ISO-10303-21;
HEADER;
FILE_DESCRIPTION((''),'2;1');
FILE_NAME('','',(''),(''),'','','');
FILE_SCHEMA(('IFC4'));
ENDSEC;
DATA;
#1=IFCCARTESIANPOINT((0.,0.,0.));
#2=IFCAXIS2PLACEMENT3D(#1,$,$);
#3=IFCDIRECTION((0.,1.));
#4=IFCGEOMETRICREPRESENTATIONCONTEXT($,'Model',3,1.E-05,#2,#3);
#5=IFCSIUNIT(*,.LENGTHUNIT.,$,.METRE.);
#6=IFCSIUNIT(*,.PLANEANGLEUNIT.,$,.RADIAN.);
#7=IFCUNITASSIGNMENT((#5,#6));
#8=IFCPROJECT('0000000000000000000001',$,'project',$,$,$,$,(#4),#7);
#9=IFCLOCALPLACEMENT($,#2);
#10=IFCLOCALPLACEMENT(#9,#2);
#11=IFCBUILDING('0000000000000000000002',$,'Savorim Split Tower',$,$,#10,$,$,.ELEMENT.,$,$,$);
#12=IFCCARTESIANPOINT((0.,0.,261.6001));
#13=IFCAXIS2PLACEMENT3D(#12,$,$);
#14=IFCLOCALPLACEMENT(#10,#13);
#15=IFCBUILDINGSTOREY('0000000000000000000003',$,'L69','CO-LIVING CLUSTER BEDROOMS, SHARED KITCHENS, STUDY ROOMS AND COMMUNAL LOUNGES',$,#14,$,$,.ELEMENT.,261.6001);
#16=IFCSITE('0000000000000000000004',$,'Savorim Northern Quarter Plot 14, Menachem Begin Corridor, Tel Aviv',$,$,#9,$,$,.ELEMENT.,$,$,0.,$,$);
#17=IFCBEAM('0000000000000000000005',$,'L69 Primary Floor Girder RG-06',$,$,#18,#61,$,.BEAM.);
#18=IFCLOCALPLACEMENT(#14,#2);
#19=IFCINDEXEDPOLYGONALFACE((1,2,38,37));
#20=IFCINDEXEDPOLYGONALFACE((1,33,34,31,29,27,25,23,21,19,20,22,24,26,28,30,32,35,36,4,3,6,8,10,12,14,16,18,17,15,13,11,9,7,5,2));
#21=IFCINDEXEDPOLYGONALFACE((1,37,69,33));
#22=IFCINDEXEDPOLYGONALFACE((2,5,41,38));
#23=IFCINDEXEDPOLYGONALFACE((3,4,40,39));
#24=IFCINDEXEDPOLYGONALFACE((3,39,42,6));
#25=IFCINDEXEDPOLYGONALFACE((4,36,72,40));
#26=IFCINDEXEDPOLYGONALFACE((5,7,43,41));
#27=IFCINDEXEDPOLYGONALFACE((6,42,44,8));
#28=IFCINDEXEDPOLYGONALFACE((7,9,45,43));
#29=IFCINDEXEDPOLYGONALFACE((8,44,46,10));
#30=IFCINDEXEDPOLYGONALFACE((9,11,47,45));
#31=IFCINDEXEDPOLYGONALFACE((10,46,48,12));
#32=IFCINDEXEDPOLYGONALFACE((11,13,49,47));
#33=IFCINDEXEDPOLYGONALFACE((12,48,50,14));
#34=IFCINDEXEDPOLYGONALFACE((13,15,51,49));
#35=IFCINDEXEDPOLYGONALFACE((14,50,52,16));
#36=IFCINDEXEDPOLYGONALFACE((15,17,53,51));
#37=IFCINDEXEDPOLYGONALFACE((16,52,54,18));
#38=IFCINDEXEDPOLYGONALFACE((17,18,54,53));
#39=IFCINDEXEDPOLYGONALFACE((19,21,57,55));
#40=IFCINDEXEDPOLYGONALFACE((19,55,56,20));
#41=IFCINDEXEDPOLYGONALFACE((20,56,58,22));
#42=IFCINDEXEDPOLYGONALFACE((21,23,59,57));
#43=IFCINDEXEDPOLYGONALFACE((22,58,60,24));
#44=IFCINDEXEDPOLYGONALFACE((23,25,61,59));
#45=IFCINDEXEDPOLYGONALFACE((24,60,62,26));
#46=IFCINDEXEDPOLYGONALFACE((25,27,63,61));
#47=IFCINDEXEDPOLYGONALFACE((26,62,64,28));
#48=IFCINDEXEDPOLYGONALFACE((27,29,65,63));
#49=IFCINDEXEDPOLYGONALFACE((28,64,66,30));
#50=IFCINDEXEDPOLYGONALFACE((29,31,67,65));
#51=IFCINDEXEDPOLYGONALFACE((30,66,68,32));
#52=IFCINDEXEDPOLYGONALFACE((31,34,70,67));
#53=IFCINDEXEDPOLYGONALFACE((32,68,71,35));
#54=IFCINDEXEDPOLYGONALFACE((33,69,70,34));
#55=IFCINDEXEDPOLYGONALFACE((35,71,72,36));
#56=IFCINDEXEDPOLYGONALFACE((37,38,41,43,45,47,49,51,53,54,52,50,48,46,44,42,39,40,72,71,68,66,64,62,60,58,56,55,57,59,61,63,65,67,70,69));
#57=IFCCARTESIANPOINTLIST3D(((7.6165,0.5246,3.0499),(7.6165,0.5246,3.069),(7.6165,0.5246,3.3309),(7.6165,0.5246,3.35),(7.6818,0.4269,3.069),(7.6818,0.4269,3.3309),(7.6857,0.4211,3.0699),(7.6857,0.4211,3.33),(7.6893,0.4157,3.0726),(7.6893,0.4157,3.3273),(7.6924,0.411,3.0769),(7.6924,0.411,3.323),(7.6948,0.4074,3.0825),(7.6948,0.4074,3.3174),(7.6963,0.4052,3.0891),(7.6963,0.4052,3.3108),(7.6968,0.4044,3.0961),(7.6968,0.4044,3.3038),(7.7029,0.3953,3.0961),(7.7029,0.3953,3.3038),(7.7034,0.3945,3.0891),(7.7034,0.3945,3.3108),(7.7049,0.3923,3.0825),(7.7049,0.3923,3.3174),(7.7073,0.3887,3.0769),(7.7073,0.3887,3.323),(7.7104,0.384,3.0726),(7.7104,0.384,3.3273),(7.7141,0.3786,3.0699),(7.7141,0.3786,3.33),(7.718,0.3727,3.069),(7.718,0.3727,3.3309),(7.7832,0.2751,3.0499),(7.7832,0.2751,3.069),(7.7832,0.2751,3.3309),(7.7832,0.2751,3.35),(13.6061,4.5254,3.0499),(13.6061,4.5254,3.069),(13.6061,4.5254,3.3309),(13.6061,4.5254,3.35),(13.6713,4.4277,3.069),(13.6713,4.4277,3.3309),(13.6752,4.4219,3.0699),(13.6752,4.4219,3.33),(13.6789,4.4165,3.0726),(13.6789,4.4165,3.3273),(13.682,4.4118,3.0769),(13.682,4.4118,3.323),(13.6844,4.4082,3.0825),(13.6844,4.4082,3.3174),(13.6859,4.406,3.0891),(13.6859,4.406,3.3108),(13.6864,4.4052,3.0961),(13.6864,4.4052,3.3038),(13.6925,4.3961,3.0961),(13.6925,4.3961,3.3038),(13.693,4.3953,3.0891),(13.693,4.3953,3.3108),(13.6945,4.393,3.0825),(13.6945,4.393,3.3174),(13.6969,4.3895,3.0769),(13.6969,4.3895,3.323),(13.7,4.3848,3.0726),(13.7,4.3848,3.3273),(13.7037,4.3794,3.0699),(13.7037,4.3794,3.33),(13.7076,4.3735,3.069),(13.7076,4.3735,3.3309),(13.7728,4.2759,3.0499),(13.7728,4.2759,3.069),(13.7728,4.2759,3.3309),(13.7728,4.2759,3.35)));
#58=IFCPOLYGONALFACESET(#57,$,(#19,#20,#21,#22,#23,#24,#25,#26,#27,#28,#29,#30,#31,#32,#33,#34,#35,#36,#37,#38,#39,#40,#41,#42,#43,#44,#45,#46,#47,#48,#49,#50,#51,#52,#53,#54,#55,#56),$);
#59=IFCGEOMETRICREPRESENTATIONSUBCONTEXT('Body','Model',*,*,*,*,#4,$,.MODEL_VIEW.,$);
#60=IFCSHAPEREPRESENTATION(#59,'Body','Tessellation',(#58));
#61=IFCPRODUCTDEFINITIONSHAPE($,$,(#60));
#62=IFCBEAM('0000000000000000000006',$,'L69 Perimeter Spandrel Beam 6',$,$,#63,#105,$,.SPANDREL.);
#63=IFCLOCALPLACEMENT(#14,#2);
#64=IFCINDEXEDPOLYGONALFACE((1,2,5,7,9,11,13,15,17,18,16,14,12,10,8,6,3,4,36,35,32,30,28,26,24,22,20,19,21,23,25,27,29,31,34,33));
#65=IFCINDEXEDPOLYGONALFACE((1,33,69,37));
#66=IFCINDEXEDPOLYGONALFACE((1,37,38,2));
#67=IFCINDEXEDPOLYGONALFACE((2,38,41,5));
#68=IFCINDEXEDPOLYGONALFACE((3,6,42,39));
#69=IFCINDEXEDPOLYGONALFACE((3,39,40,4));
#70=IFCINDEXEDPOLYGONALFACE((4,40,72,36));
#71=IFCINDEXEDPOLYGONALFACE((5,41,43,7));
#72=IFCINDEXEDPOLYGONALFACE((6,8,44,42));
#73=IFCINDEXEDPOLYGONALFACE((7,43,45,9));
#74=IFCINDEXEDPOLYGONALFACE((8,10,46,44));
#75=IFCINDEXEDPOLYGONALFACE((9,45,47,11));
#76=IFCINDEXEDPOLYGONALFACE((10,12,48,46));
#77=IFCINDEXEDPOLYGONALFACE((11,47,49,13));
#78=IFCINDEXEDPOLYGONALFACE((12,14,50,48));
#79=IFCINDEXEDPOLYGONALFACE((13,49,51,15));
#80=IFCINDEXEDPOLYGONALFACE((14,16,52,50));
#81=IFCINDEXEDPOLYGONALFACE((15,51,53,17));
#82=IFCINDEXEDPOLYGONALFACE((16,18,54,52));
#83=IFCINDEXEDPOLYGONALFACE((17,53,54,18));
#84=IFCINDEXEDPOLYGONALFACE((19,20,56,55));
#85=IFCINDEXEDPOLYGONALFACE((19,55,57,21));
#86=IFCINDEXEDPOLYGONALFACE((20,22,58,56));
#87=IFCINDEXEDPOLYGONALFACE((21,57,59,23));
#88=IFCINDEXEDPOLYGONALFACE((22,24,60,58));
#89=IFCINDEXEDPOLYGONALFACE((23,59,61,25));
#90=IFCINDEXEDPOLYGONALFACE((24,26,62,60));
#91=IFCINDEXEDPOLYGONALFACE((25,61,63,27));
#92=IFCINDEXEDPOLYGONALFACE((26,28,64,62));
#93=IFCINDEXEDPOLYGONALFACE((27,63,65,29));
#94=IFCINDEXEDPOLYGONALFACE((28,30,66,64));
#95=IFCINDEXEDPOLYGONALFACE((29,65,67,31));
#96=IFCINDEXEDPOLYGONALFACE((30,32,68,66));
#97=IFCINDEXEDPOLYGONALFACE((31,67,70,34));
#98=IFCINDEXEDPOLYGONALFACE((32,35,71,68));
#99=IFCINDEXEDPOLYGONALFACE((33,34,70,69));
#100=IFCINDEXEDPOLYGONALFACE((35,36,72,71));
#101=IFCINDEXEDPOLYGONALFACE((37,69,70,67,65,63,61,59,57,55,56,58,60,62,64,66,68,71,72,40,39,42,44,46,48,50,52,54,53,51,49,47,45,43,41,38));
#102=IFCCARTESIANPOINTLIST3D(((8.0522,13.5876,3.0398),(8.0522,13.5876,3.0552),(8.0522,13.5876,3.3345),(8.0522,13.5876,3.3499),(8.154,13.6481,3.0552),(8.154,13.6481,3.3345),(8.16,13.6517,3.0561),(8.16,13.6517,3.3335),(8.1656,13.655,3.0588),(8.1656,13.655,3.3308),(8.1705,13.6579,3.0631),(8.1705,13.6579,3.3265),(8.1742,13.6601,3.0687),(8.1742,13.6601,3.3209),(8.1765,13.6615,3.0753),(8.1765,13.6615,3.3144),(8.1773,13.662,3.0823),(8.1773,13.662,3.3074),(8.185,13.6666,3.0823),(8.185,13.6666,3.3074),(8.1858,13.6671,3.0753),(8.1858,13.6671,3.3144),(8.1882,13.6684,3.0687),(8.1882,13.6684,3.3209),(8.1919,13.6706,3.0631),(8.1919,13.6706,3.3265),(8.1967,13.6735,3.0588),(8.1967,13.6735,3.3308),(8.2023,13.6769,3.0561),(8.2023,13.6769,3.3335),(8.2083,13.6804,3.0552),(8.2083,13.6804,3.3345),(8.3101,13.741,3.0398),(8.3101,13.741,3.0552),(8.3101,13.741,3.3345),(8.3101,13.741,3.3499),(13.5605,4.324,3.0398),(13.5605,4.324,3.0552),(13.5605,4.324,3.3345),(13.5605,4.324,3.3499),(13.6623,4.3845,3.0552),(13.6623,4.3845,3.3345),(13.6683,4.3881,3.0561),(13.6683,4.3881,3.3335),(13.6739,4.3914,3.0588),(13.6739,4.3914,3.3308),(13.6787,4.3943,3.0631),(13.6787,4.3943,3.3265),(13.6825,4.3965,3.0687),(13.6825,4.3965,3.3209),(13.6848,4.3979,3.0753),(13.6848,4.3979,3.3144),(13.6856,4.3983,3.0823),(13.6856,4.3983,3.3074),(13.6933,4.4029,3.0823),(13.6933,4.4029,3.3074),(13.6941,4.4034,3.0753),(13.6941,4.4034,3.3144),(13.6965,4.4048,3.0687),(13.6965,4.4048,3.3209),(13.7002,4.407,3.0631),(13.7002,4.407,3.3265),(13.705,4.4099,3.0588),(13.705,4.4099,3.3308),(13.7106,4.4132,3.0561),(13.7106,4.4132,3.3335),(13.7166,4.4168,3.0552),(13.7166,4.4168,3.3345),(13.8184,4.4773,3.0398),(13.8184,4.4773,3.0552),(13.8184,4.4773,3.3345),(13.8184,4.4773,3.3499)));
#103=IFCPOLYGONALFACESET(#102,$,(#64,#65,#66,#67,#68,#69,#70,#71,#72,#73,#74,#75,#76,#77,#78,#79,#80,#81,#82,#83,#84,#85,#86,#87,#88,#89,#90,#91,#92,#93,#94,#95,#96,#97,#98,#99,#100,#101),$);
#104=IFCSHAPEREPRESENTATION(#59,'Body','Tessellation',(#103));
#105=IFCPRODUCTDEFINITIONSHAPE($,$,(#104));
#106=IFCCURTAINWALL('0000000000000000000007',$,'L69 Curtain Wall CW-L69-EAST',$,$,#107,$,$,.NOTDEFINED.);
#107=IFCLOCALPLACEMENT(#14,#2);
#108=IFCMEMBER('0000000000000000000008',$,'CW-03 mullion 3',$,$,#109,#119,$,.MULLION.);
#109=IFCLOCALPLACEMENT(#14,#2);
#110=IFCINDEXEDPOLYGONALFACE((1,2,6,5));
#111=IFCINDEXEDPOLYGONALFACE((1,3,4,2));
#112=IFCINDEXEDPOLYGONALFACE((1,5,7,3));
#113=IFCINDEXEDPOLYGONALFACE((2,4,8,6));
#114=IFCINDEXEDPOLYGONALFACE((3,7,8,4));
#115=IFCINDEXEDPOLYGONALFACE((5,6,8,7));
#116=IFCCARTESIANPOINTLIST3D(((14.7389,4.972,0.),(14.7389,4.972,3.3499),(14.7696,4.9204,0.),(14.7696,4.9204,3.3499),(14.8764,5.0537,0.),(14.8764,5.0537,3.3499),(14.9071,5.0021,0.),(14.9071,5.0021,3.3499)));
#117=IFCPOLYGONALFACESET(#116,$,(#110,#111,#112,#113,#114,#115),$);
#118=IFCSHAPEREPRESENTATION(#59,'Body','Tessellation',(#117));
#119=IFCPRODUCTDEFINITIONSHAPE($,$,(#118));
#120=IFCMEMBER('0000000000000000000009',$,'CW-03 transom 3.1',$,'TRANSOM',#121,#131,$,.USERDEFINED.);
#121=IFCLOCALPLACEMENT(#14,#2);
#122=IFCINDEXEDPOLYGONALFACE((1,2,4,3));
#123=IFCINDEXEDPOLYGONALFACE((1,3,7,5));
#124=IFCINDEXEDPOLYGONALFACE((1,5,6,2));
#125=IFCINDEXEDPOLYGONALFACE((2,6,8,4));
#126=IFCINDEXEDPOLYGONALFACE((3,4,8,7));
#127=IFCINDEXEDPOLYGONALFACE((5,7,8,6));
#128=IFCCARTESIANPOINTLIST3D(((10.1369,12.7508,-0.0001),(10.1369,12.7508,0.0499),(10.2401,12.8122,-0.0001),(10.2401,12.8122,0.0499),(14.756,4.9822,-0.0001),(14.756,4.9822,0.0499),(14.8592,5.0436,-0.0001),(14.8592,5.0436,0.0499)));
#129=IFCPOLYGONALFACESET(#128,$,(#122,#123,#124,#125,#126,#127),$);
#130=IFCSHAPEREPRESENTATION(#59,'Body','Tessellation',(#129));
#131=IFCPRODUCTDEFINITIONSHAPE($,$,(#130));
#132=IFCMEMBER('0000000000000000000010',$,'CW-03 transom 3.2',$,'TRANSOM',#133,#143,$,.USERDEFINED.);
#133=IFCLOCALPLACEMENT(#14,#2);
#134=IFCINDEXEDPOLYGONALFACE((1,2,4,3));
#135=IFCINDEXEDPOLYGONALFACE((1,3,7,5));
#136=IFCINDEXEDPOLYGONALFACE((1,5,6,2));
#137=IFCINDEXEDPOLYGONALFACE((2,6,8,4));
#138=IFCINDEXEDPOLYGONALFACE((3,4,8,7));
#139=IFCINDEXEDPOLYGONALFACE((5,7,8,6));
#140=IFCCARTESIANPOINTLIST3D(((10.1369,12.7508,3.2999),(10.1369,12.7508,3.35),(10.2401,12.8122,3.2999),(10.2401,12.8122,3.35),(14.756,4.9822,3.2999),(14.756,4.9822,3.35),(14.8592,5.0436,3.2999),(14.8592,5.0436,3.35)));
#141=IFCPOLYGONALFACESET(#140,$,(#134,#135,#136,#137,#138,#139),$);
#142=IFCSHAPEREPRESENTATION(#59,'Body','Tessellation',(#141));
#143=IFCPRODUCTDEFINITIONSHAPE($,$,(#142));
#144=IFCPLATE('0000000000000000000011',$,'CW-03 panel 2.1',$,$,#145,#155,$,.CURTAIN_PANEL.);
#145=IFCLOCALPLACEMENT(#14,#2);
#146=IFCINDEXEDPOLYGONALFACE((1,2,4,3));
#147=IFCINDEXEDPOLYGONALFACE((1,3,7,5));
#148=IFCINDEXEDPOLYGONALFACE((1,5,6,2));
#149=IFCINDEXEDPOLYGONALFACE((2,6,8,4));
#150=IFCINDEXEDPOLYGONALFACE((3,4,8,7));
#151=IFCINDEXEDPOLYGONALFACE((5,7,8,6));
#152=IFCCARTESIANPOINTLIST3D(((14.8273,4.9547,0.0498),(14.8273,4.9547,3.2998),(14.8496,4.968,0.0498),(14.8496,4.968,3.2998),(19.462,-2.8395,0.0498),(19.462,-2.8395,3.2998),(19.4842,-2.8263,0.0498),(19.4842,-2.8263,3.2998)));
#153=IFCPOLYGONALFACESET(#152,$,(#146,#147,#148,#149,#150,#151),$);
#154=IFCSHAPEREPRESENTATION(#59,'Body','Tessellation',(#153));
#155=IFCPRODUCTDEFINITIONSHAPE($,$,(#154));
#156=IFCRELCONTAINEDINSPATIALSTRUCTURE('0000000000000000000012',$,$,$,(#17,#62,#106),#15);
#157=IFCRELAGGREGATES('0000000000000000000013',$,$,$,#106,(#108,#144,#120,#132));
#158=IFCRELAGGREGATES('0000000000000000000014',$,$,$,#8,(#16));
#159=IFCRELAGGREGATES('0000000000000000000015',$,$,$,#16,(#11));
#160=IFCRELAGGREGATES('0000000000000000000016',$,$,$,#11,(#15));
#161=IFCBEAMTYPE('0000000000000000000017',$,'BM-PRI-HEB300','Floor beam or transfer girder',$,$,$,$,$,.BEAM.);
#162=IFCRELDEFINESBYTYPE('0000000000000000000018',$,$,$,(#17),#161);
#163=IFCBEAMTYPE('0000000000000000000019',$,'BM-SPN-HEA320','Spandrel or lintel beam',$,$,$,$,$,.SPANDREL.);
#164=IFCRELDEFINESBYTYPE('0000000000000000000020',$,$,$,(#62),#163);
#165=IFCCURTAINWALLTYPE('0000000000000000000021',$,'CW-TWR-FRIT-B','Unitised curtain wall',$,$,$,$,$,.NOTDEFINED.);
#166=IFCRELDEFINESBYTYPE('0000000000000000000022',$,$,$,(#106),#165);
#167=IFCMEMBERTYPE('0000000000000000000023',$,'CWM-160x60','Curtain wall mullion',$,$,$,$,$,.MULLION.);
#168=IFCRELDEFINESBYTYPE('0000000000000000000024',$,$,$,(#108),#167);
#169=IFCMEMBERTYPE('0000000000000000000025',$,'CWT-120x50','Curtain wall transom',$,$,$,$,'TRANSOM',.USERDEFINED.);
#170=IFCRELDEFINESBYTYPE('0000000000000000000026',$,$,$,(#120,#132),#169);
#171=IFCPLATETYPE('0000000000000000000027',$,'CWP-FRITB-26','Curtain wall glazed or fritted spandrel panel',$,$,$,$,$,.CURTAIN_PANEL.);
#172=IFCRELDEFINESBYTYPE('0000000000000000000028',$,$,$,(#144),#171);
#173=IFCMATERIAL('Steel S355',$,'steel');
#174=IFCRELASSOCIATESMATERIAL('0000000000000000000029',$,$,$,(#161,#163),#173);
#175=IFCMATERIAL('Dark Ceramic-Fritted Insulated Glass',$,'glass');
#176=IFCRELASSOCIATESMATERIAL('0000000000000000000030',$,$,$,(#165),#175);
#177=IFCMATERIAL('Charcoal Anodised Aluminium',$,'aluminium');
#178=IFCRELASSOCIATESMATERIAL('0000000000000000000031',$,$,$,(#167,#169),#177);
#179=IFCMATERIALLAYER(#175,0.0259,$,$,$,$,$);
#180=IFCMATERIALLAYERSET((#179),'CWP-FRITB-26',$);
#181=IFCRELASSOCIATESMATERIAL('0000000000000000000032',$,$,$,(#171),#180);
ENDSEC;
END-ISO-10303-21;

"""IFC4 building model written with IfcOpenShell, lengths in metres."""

from ifc_helpers import new_model, si_unit, direction, frame, origin, origin_2d, place, context, subcontext, project, spatial, rectangle, i_section, extrude, material, layer, layer_set, material_profile, profile_set, type_object, element, aggregate, save


model = new_model("IFC4")

# Units and contexts
model_context = context("Model", 3, precision=1e-05, world=origin(), true_north=direction((0.0, 1.0)))
body_context = subcontext(model_context, "Body", "Model", "MODEL_VIEW")
ifc_project = project(units=[si_unit("LENGTHUNIT", "METRE"), si_unit("PLANEANGLEUNIT", "RADIAN")], contexts=[model_context])

# Site, building, storey
site_placement = place(None, origin())
site = spatial("IfcSite", under=ifc_project, at=site_placement, Name="Savorim Northern Quarter Plot 14, Menachem Begin Corridor, Tel Aviv", CompositionType="ELEMENT", RefElevation=0.0)
building_placement = place(site_placement, origin())
building = spatial("IfcBuilding", under=site, at=building_placement, Name="Savorim Split Tower", CompositionType="ELEMENT")
storey_placement = place(building_placement, frame((0.0, 0.0, 261.6001)))
storey = spatial("IfcBuildingStorey", under=building, at=storey_placement, Name="L69", Description="CO-LIVING CLUSTER BEDROOMS, SHARED KITCHENS, STUDY ROOMS AND COMMUNAL LOUNGES", CompositionType="ELEMENT", Elevation=261.6001)

# Shared definitions
ifc_material_1 = material(Name="Steel S355", Category="steel")

# Beams
ifc_material_profile_1 = material_profile(ifc_material_1, i_section(OverallWidth=0.3, OverallDepth=0.3, WebThickness=0.011, FlangeThickness=0.019, FilletRadius=0.0271, at=origin_2d()), Name="HEB 300")
ifc_profile_set_1 = profile_set([ifc_material_profile_1], Name="Steel S355")
beam_type_1 = type_object("IfcBeamType", Name="BM-PRI-HEB300", Description="Floor beam or transfer girder", PredefinedType="BEAM", material=ifc_profile_set_1)
beam_1_placement = place(storey_placement, frame((13.6895, 4.4006, 3.2), z_axis=(-0.831555, -0.555443, 0.0), x_axis=(0.555443, -0.831555, 0.0)))
element("IfcBeam", 1, at=beam_1_placement, inside=storey, type_object=beam_type_1, Name="L69 Primary Floor Girder RG-06", PredefinedType="BEAM", context=body_context, shape_type="SweptSolid", body=[
    extrude(i_section(OverallWidth=0.3, OverallDepth=0.3, WebThickness=0.011, FlangeThickness=0.019, FilletRadius=0.0271, at=origin_2d()), origin(), (0.0, 0.0, 1.0), 7.2029),
])
ifc_material_profile_2 = material_profile(ifc_material_1, i_section(OverallWidth=0.3, OverallDepth=0.3101, WebThickness=0.009, FlangeThickness=0.0154, FilletRadius=0.0271, at=origin_2d()), Name="HEA 320")
ifc_profile_set_2 = profile_set([ifc_material_profile_2], Name="Steel S355")
beam_type_2 = type_object("IfcBeamType", Name="BM-SPN-HEA320", Description="Spandrel or lintel beam", PredefinedType="SPANDREL", material=ifc_profile_set_2)
beam_2_placement = place(storey_placement, frame((13.6895, 4.4006, 3.1948), z_axis=(-0.511087, 0.859529, 0.0), x_axis=(-0.859529, -0.511087, 0.0)))
element("IfcBeam", 2, at=beam_2_placement, inside=storey, type_object=beam_type_2, Name="L69 Perimeter Spandrel Beam 6", PredefinedType="SPANDREL", context=body_context, shape_type="SweptSolid", body=[
    extrude(i_section(OverallWidth=0.3, OverallDepth=0.3101, WebThickness=0.009, FlangeThickness=0.0154, FilletRadius=0.0271, at=origin_2d()), origin(), (0.0, 0.0, 1.0), 10.7776),
])

# Curtain wall, members, plate
ifc_material_2 = material(Name="Dark Ceramic-Fritted Insulated Glass", Category="glass")
curtain_wall_type = type_object("IfcCurtainWallType", Name="CW-TWR-FRIT-B", Description="Unitised curtain wall", PredefinedType="NOTDEFINED", material=ifc_material_2)
curtain_wall_placement = place(storey_placement, origin())
curtain_wall = element("IfcCurtainWall", 3, at=curtain_wall_placement, inside=storey, type_object=curtain_wall_type, Name="L69 Curtain Wall CW-L69-EAST", PredefinedType="NOTDEFINED")
ifc_material_3 = material(Name="Charcoal Anodised Aluminium", Category="aluminium")
ifc_material_profile_3 = material_profile(ifc_material_3, rectangle(XDim=0.1599, YDim=0.0601, at=origin_2d()), Name="ALU-M 160x60")
ifc_profile_set_3 = profile_set([ifc_material_profile_3], Name="Charcoal Anodised Aluminium")
member_type_1 = type_object("IfcMemberType", Name="CWM-160x60", Description="Curtain wall mullion", PredefinedType="MULLION", material=ifc_profile_set_3)
member_1_placement = place(storey_placement, frame((14.823, 4.9871, 0.0), z_axis=(0.0, 0.0, 1.0), x_axis=(-0.859527, -0.51109, 0.0)))
member_1 = element("IfcMember", 4, at=member_1_placement, type_object=member_type_1, Name="CW-03 mullion 3", PredefinedType="MULLION", context=body_context, shape_type="SweptSolid", body=[
    extrude(rectangle(XDim=0.1599, YDim=0.0601, at=origin_2d()), origin(), (0.0, 0.0, 1.0), 3.3499),
])
ifc_material_profile_4 = material_profile(ifc_material_3, rectangle(XDim=0.1201, YDim=0.05, at=origin_2d()), Name="ALU-T 120x50")
ifc_profile_set_4 = profile_set([ifc_material_profile_4], Name="Charcoal Anodised Aluminium")
member_type_2 = type_object("IfcMemberType", Name="CWT-120x50", Description="Curtain wall transom", ElementType="TRANSOM", PredefinedType="USERDEFINED", material=ifc_profile_set_4)
member_2_placement = place(storey_placement, frame((14.8076, 5.0129, 0.0249), z_axis=(-0.511075, 0.859536, 0.0), x_axis=(-0.859536, -0.511075, 0.0)))
member_2 = element("IfcMember", 5, at=member_2_placement, type_object=member_type_2, Name="CW-03 transom 3.1", ObjectType="TRANSOM", PredefinedType="USERDEFINED", context=body_context, shape_type="SweptSolid", body=[
    extrude(rectangle(XDim=0.1201, YDim=0.05, at=origin_2d()), origin(), (0.0, 0.0, 1.0), 9.0381),
])
member_3_placement = place(storey_placement, frame((14.8076, 5.0129, 3.325), z_axis=(-0.511075, 0.859536, 0.0), x_axis=(-0.859536, -0.511075, 0.0)))
member_3 = element("IfcMember", 6, at=member_3_placement, type_object=member_type_2, Name="CW-03 transom 3.2", ObjectType="TRANSOM", PredefinedType="USERDEFINED", context=body_context, shape_type="SweptSolid", body=[
    extrude(rectangle(XDim=0.1201, YDim=0.05, at=origin_2d()), origin(), (0.0, 0.0, 1.0), 9.0381),
])
ifc_layer_1 = layer(ifc_material_2, 0.0259)
ifc_layer_set_1 = layer_set([ifc_layer_1], Name="CWP-FRITB-26")
plate_type = type_object("IfcPlateType", Name="CWP-FRITB-26", Description="Curtain wall glazed or fritted spandrel panel", PredefinedType="CURTAIN_PANEL", material=ifc_layer_set_1)
plate_placement = place(storey_placement, frame((17.1558, 1.0642, 0.0498), z_axis=(0.0, 0.0, 1.0), x_axis=(-0.51109, 0.859527, 0.0)))
plate = element("IfcPlate", 7, at=plate_placement, type_object=plate_type, Name="CW-03 panel 2.1", PredefinedType="CURTAIN_PANEL", context=body_context, shape_type="SweptSolid", body=[
    extrude(rectangle(XDim=9.0681, YDim=0.0259, at=origin_2d()), origin(), (0.0, 0.0, 1.0), 3.25),
])
aggregate(curtain_wall, [member_1, plate, member_2, member_3])

save(model, "model.ifc")
